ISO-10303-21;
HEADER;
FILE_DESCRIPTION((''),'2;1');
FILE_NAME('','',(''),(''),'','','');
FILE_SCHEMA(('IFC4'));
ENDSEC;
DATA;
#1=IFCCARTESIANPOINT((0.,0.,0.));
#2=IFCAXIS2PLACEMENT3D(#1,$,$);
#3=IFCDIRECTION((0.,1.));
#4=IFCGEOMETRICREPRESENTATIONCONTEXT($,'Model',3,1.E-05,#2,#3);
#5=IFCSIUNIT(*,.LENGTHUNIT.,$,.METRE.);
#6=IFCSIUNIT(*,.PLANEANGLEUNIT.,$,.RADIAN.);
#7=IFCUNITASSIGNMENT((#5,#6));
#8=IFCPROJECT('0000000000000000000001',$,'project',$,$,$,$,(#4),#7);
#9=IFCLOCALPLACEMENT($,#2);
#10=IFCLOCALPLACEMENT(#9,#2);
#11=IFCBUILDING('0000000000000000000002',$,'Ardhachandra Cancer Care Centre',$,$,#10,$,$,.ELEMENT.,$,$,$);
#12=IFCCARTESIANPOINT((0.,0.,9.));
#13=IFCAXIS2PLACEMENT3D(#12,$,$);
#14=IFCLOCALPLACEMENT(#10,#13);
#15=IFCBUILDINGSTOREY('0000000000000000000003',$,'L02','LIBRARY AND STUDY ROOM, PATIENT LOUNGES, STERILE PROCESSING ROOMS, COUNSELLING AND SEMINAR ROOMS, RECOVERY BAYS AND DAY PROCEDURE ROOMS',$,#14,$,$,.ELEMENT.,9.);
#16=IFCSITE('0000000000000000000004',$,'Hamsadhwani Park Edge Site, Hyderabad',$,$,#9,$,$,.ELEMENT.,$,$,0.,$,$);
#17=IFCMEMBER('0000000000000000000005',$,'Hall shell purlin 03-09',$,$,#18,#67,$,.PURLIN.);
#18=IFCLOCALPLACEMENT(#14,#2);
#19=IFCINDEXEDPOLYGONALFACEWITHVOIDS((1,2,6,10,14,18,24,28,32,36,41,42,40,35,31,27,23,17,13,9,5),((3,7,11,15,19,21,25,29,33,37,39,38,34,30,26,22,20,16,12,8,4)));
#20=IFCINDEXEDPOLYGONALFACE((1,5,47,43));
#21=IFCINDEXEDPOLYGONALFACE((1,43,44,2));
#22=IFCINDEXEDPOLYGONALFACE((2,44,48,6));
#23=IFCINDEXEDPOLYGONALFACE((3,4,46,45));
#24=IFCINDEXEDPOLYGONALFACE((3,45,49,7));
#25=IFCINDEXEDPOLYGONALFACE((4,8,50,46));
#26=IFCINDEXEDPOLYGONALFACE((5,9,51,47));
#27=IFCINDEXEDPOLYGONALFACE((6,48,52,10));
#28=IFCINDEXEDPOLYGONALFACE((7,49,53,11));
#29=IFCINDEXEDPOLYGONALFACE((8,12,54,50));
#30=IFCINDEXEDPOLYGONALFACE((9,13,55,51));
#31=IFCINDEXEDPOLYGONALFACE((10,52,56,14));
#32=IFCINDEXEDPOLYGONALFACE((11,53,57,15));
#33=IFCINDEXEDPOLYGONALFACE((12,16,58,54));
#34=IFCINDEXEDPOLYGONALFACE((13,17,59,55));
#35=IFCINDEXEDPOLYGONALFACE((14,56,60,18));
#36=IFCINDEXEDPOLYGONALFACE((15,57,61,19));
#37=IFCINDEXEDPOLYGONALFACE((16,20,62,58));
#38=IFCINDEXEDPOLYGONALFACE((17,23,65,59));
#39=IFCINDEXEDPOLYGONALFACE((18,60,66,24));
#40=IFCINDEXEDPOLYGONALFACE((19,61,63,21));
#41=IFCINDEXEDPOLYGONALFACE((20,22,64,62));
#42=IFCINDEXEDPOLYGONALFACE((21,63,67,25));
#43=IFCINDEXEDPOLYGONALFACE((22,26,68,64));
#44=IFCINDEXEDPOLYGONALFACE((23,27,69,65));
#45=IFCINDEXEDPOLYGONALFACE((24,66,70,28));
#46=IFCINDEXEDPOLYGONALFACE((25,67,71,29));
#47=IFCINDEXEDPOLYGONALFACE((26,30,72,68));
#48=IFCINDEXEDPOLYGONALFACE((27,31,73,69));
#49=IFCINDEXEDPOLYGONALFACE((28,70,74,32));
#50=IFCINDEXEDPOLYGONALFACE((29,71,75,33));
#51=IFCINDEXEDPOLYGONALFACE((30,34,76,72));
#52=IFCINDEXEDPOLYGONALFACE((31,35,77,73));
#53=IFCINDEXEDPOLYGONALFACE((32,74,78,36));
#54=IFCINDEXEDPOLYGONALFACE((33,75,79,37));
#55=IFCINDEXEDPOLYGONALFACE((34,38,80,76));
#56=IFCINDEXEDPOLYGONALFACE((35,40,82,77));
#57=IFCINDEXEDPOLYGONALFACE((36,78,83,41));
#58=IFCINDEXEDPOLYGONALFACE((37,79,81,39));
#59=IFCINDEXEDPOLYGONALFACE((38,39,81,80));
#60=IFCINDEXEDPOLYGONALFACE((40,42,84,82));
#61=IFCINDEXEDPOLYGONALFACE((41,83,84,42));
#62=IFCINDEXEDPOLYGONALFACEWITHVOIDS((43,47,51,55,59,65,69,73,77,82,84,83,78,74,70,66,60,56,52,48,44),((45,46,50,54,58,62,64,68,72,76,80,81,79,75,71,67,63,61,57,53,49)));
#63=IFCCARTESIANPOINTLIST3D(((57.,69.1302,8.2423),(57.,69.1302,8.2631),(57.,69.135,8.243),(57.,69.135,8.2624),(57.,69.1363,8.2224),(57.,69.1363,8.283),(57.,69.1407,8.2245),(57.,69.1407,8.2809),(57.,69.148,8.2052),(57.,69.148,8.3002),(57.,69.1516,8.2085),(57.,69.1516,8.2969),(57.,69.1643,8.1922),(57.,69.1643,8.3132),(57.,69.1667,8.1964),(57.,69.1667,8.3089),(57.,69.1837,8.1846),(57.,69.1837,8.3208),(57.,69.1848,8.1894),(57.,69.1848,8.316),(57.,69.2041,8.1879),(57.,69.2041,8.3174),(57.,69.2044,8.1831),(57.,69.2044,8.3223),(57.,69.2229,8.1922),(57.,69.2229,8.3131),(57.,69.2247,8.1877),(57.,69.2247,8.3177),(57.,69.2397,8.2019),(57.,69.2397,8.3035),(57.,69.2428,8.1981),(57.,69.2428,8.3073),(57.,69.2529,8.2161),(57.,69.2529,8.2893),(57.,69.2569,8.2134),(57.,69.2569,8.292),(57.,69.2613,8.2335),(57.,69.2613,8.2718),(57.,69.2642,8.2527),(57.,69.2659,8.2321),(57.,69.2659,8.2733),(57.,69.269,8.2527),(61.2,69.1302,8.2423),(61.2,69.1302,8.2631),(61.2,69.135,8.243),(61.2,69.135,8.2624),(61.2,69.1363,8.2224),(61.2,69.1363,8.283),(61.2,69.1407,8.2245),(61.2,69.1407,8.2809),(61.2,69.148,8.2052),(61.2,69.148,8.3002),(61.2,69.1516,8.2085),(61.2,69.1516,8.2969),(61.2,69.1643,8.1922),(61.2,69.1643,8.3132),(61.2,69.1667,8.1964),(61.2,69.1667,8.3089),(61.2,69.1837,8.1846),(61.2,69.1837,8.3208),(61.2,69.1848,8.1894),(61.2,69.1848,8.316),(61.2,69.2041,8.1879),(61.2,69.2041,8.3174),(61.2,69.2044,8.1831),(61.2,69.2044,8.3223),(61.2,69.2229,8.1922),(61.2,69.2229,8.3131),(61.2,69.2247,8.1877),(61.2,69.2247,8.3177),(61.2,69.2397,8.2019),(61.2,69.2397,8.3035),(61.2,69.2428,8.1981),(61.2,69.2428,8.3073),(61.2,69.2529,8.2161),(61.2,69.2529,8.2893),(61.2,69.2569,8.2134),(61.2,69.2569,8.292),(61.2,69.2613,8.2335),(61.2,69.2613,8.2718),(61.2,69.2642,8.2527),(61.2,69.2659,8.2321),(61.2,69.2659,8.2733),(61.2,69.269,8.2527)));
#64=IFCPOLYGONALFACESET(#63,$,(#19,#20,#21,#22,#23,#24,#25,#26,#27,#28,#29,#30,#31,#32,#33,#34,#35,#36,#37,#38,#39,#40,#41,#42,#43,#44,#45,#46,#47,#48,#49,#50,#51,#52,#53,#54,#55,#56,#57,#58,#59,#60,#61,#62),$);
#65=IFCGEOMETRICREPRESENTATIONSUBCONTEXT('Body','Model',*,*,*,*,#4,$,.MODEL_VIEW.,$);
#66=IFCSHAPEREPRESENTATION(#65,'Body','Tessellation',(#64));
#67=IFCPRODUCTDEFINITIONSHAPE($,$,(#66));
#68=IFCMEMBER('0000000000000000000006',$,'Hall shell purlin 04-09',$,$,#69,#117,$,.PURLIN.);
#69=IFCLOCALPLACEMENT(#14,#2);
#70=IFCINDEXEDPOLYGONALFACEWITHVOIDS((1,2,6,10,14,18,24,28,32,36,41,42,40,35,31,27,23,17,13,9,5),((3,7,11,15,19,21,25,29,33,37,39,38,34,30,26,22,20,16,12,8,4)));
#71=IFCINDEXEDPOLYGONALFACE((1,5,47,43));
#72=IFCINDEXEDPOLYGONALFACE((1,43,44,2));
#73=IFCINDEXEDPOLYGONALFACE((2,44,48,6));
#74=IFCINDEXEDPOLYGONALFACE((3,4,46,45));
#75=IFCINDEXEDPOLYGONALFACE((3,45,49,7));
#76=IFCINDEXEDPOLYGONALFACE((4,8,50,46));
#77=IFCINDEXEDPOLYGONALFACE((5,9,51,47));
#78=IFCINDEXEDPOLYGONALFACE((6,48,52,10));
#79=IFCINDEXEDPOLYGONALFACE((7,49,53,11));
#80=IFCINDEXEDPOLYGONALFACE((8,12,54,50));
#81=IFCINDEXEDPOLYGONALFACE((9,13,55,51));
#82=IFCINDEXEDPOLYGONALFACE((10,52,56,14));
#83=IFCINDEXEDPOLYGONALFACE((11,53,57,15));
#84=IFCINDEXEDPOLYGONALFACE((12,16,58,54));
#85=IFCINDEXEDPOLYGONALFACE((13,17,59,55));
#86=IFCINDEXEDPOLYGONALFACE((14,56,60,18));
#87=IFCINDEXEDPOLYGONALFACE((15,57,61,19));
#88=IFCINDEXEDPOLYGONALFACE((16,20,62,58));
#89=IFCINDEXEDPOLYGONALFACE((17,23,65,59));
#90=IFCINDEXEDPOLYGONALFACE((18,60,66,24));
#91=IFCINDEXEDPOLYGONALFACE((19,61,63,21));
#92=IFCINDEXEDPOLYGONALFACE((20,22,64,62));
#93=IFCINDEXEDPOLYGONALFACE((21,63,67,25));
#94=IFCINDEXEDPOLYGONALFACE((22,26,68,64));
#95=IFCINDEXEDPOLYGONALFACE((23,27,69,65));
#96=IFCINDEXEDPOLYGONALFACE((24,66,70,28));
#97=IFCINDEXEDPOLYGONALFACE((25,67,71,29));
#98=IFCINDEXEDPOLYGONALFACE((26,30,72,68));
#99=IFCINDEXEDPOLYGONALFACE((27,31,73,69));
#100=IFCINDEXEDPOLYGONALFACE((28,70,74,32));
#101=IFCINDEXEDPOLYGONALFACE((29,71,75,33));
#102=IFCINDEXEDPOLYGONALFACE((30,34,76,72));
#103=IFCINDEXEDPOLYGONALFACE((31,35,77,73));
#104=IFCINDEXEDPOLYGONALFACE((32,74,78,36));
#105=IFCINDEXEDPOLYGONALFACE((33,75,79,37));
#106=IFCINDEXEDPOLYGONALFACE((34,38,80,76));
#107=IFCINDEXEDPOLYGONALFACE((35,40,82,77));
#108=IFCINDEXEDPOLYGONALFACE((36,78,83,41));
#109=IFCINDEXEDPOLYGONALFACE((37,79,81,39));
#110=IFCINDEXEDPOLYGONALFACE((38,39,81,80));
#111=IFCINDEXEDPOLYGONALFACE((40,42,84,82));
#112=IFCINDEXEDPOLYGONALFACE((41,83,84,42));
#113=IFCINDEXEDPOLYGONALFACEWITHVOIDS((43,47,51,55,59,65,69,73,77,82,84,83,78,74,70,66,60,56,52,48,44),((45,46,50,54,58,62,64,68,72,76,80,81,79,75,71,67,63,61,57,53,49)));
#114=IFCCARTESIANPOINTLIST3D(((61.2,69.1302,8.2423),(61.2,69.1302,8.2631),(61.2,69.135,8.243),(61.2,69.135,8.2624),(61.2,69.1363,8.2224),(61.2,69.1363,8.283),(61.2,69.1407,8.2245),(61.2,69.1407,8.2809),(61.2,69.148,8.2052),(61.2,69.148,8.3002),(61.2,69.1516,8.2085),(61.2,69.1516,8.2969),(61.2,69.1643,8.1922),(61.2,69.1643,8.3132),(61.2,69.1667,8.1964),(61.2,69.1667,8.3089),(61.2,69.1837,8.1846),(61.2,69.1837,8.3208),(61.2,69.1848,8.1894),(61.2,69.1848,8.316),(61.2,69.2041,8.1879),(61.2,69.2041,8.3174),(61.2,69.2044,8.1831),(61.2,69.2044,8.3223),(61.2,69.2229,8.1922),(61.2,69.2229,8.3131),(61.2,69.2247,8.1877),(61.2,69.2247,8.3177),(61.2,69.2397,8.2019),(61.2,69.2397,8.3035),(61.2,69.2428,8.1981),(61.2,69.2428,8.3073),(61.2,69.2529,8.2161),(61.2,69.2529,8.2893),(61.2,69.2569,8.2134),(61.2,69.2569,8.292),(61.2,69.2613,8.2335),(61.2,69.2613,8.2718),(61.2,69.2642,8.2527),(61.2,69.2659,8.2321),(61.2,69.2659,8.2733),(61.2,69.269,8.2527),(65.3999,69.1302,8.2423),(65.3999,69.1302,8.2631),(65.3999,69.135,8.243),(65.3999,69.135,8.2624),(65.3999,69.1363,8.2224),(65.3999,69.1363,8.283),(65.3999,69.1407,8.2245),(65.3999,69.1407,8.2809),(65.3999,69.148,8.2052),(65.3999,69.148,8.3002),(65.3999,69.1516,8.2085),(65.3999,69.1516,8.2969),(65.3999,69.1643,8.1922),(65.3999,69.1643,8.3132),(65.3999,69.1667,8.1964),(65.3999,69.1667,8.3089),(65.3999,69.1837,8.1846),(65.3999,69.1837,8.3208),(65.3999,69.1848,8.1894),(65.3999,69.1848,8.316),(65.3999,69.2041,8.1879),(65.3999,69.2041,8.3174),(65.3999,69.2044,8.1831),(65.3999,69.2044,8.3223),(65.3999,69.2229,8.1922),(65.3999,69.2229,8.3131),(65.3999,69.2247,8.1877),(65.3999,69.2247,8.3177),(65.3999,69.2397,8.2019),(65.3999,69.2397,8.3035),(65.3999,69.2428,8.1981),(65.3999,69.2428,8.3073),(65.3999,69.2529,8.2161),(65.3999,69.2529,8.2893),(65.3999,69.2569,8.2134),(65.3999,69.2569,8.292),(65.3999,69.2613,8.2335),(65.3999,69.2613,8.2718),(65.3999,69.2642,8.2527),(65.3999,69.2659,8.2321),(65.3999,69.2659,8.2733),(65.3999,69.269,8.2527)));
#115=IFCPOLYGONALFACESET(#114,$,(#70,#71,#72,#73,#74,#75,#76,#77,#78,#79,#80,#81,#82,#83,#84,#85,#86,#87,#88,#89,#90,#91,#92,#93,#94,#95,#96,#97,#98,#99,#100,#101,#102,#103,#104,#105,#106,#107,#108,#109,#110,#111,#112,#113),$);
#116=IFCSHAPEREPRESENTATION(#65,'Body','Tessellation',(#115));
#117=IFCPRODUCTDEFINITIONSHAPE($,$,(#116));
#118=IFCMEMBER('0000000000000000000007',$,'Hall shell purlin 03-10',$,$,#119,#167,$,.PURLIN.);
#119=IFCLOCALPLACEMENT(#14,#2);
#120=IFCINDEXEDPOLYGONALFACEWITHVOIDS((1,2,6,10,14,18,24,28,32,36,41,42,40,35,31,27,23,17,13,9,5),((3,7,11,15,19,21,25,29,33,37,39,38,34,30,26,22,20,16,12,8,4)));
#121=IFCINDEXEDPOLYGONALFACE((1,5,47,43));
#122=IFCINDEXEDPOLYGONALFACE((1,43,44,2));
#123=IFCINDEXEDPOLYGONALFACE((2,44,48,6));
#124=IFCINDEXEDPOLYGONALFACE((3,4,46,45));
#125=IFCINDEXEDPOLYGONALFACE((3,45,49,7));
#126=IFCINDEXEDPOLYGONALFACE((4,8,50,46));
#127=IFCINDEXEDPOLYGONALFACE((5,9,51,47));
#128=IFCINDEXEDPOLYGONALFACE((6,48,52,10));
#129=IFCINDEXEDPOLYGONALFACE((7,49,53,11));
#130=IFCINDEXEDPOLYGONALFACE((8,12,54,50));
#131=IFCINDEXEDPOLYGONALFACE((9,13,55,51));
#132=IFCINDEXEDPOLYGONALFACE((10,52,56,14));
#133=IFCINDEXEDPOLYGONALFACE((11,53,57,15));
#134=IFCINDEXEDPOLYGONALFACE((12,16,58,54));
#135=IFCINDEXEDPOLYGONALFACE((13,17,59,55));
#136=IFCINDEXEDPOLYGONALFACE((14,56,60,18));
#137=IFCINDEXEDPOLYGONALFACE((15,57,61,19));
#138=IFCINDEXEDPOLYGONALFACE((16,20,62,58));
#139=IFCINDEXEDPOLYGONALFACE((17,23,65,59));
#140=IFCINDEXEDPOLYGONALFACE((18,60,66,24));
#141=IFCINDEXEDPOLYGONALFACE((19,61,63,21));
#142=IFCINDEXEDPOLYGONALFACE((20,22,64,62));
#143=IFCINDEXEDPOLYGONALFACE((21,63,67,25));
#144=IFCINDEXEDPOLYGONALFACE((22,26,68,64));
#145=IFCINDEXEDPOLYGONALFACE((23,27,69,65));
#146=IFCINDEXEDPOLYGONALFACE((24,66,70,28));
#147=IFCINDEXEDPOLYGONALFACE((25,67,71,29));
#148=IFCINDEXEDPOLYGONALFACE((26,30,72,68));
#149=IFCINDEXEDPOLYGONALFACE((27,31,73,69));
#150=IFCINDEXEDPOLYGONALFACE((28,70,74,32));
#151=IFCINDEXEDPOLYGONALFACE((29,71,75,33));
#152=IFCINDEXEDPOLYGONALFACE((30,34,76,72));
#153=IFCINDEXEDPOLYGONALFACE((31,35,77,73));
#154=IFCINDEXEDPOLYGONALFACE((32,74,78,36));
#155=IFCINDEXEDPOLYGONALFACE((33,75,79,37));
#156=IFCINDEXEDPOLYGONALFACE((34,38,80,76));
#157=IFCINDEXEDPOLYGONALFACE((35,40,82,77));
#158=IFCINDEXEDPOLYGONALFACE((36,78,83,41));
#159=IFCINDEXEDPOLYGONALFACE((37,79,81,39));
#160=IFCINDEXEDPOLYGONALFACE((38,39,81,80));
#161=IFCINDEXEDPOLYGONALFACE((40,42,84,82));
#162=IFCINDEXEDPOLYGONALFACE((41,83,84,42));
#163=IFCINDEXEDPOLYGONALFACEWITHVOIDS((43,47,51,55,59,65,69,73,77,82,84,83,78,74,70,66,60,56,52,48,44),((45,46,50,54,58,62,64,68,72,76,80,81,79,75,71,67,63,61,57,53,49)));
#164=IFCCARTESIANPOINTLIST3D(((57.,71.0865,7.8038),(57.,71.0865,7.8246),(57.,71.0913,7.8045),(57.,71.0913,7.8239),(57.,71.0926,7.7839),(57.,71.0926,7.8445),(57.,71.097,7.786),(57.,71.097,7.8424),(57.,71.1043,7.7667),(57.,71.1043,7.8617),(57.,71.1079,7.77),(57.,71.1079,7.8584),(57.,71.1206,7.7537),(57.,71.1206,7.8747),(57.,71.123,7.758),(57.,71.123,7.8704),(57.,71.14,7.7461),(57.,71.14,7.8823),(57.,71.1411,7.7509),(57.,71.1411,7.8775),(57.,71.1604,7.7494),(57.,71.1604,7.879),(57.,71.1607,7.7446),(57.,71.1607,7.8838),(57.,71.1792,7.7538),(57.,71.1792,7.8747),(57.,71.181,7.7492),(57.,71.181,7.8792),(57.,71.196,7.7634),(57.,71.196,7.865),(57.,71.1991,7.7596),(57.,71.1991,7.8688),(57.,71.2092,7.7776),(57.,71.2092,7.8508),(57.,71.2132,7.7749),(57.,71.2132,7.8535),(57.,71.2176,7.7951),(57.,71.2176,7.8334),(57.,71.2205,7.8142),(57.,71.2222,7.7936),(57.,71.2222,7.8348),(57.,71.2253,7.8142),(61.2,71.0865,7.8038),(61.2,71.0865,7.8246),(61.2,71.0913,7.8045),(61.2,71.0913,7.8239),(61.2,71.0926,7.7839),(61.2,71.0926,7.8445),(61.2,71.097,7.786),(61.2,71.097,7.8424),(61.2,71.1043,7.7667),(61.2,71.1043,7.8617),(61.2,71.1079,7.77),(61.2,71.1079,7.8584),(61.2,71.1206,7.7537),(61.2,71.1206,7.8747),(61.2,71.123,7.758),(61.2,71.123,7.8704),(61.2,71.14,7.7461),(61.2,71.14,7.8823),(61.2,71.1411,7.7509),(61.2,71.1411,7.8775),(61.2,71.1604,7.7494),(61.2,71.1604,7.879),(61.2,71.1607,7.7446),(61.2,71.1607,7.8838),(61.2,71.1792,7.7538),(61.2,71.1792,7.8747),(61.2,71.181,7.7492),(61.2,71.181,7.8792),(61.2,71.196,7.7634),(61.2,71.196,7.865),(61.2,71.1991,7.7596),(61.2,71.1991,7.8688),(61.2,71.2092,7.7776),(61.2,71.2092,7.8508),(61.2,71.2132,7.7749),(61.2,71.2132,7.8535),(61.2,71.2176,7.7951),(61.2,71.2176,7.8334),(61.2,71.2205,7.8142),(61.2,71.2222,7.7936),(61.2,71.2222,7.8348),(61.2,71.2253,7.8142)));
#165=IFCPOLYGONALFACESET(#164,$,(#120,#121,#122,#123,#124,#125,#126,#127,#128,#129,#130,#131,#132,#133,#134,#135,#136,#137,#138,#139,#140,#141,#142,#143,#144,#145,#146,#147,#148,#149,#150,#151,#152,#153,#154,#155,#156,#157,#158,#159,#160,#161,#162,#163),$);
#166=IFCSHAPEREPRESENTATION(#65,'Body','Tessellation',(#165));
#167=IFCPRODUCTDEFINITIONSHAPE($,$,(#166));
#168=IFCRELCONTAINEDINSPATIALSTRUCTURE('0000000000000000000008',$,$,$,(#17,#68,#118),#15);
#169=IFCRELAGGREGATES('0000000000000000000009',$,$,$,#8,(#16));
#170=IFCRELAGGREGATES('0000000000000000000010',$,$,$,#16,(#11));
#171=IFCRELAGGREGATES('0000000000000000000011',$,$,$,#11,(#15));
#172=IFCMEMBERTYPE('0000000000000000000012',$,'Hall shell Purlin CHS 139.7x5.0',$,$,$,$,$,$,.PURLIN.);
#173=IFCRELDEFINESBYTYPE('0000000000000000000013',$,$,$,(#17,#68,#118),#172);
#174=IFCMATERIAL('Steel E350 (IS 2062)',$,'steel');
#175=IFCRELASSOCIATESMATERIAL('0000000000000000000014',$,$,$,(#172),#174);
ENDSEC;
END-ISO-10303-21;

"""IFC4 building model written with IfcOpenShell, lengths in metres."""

from ifc_helpers import new_model, si_unit, direction, frame, origin, origin_2d, place, context, subcontext, project, spatial, hollow_circle, extrude, material, material_profile, profile_set, type_object, element, save


model = new_model("IFC4")

# Units and contexts
model_context = context("Model", 3, precision=1e-05, world=origin(), true_north=direction((0.0, 1.0)))
body_context = subcontext(model_context, "Body", "Model", "MODEL_VIEW")
ifc_project = project(units=[si_unit("LENGTHUNIT", "METRE"), si_unit("PLANEANGLEUNIT", "RADIAN")], contexts=[model_context])

# Site, building, storey
site_placement = place(None, origin())
site = spatial("IfcSite", under=ifc_project, at=site_placement, Name="Hamsadhwani Park Edge Site, Hyderabad", CompositionType="ELEMENT", RefElevation=0.0)
building_placement = place(site_placement, origin())
building = spatial("IfcBuilding", under=site, at=building_placement, Name="Ardhachandra Cancer Care Centre", CompositionType="ELEMENT")
storey_placement = place(building_placement, frame((0.0, 0.0, 9.0)))
storey = spatial("IfcBuildingStorey", under=building, at=storey_placement, Name="L02", Description="LIBRARY AND STUDY ROOM, PATIENT LOUNGES, STERILE PROCESSING ROOMS, COUNSELLING AND SEMINAR ROOMS, RECOVERY BAYS AND DAY PROCEDURE ROOMS", CompositionType="ELEMENT", Elevation=9.0)

# Members
ifc_material_1 = material(Name="Steel E350 (IS 2062)", Category="steel")
ifc_material_profile_1 = material_profile(ifc_material_1, hollow_circle(Radius=0.0698, WallThickness=0.0049, at=origin_2d()), Name="CHS 139.7x5.0")
ifc_profile_set_1 = profile_set([ifc_material_profile_1], Name="Steel E350 (IS 2062)")
member_type_1 = type_object("IfcMemberType", Name="Hall shell Purlin CHS 139.7x5.0", PredefinedType="PURLIN", material=ifc_profile_set_1)
for number, where, z_axis, x_axis, name in (
    (1, (57.0, 69.1992, 8.2527), (1.0, 0.0, 0.0), (0.0, 1.0, 0.0), "Hall shell purlin 03-09"),
    (2, (61.2, 69.1992, 8.2527), (1.0, 0.0, 0.0), (0.0, 1.0, 0.0), "Hall shell purlin 04-09"),
    (3, (57.0, 71.1555, 7.8142), (1.0, 0.0, 0.0), (0.0, 1.0, 0.0), "Hall shell purlin 03-10"),
):
    element("IfcMember", number, at=place(storey_placement, frame(where, z_axis=z_axis, x_axis=x_axis)), inside=storey, type_object=member_type_1, Name=name, PredefinedType="PURLIN", context=body_context, shape_type="SweptSolid", body=[
        extrude(hollow_circle(Radius=0.0698, WallThickness=0.0049, at=origin_2d()), origin(), (0.0, 0.0, 1.0), 4.2),
    ])

save(model, "model.ifc")
